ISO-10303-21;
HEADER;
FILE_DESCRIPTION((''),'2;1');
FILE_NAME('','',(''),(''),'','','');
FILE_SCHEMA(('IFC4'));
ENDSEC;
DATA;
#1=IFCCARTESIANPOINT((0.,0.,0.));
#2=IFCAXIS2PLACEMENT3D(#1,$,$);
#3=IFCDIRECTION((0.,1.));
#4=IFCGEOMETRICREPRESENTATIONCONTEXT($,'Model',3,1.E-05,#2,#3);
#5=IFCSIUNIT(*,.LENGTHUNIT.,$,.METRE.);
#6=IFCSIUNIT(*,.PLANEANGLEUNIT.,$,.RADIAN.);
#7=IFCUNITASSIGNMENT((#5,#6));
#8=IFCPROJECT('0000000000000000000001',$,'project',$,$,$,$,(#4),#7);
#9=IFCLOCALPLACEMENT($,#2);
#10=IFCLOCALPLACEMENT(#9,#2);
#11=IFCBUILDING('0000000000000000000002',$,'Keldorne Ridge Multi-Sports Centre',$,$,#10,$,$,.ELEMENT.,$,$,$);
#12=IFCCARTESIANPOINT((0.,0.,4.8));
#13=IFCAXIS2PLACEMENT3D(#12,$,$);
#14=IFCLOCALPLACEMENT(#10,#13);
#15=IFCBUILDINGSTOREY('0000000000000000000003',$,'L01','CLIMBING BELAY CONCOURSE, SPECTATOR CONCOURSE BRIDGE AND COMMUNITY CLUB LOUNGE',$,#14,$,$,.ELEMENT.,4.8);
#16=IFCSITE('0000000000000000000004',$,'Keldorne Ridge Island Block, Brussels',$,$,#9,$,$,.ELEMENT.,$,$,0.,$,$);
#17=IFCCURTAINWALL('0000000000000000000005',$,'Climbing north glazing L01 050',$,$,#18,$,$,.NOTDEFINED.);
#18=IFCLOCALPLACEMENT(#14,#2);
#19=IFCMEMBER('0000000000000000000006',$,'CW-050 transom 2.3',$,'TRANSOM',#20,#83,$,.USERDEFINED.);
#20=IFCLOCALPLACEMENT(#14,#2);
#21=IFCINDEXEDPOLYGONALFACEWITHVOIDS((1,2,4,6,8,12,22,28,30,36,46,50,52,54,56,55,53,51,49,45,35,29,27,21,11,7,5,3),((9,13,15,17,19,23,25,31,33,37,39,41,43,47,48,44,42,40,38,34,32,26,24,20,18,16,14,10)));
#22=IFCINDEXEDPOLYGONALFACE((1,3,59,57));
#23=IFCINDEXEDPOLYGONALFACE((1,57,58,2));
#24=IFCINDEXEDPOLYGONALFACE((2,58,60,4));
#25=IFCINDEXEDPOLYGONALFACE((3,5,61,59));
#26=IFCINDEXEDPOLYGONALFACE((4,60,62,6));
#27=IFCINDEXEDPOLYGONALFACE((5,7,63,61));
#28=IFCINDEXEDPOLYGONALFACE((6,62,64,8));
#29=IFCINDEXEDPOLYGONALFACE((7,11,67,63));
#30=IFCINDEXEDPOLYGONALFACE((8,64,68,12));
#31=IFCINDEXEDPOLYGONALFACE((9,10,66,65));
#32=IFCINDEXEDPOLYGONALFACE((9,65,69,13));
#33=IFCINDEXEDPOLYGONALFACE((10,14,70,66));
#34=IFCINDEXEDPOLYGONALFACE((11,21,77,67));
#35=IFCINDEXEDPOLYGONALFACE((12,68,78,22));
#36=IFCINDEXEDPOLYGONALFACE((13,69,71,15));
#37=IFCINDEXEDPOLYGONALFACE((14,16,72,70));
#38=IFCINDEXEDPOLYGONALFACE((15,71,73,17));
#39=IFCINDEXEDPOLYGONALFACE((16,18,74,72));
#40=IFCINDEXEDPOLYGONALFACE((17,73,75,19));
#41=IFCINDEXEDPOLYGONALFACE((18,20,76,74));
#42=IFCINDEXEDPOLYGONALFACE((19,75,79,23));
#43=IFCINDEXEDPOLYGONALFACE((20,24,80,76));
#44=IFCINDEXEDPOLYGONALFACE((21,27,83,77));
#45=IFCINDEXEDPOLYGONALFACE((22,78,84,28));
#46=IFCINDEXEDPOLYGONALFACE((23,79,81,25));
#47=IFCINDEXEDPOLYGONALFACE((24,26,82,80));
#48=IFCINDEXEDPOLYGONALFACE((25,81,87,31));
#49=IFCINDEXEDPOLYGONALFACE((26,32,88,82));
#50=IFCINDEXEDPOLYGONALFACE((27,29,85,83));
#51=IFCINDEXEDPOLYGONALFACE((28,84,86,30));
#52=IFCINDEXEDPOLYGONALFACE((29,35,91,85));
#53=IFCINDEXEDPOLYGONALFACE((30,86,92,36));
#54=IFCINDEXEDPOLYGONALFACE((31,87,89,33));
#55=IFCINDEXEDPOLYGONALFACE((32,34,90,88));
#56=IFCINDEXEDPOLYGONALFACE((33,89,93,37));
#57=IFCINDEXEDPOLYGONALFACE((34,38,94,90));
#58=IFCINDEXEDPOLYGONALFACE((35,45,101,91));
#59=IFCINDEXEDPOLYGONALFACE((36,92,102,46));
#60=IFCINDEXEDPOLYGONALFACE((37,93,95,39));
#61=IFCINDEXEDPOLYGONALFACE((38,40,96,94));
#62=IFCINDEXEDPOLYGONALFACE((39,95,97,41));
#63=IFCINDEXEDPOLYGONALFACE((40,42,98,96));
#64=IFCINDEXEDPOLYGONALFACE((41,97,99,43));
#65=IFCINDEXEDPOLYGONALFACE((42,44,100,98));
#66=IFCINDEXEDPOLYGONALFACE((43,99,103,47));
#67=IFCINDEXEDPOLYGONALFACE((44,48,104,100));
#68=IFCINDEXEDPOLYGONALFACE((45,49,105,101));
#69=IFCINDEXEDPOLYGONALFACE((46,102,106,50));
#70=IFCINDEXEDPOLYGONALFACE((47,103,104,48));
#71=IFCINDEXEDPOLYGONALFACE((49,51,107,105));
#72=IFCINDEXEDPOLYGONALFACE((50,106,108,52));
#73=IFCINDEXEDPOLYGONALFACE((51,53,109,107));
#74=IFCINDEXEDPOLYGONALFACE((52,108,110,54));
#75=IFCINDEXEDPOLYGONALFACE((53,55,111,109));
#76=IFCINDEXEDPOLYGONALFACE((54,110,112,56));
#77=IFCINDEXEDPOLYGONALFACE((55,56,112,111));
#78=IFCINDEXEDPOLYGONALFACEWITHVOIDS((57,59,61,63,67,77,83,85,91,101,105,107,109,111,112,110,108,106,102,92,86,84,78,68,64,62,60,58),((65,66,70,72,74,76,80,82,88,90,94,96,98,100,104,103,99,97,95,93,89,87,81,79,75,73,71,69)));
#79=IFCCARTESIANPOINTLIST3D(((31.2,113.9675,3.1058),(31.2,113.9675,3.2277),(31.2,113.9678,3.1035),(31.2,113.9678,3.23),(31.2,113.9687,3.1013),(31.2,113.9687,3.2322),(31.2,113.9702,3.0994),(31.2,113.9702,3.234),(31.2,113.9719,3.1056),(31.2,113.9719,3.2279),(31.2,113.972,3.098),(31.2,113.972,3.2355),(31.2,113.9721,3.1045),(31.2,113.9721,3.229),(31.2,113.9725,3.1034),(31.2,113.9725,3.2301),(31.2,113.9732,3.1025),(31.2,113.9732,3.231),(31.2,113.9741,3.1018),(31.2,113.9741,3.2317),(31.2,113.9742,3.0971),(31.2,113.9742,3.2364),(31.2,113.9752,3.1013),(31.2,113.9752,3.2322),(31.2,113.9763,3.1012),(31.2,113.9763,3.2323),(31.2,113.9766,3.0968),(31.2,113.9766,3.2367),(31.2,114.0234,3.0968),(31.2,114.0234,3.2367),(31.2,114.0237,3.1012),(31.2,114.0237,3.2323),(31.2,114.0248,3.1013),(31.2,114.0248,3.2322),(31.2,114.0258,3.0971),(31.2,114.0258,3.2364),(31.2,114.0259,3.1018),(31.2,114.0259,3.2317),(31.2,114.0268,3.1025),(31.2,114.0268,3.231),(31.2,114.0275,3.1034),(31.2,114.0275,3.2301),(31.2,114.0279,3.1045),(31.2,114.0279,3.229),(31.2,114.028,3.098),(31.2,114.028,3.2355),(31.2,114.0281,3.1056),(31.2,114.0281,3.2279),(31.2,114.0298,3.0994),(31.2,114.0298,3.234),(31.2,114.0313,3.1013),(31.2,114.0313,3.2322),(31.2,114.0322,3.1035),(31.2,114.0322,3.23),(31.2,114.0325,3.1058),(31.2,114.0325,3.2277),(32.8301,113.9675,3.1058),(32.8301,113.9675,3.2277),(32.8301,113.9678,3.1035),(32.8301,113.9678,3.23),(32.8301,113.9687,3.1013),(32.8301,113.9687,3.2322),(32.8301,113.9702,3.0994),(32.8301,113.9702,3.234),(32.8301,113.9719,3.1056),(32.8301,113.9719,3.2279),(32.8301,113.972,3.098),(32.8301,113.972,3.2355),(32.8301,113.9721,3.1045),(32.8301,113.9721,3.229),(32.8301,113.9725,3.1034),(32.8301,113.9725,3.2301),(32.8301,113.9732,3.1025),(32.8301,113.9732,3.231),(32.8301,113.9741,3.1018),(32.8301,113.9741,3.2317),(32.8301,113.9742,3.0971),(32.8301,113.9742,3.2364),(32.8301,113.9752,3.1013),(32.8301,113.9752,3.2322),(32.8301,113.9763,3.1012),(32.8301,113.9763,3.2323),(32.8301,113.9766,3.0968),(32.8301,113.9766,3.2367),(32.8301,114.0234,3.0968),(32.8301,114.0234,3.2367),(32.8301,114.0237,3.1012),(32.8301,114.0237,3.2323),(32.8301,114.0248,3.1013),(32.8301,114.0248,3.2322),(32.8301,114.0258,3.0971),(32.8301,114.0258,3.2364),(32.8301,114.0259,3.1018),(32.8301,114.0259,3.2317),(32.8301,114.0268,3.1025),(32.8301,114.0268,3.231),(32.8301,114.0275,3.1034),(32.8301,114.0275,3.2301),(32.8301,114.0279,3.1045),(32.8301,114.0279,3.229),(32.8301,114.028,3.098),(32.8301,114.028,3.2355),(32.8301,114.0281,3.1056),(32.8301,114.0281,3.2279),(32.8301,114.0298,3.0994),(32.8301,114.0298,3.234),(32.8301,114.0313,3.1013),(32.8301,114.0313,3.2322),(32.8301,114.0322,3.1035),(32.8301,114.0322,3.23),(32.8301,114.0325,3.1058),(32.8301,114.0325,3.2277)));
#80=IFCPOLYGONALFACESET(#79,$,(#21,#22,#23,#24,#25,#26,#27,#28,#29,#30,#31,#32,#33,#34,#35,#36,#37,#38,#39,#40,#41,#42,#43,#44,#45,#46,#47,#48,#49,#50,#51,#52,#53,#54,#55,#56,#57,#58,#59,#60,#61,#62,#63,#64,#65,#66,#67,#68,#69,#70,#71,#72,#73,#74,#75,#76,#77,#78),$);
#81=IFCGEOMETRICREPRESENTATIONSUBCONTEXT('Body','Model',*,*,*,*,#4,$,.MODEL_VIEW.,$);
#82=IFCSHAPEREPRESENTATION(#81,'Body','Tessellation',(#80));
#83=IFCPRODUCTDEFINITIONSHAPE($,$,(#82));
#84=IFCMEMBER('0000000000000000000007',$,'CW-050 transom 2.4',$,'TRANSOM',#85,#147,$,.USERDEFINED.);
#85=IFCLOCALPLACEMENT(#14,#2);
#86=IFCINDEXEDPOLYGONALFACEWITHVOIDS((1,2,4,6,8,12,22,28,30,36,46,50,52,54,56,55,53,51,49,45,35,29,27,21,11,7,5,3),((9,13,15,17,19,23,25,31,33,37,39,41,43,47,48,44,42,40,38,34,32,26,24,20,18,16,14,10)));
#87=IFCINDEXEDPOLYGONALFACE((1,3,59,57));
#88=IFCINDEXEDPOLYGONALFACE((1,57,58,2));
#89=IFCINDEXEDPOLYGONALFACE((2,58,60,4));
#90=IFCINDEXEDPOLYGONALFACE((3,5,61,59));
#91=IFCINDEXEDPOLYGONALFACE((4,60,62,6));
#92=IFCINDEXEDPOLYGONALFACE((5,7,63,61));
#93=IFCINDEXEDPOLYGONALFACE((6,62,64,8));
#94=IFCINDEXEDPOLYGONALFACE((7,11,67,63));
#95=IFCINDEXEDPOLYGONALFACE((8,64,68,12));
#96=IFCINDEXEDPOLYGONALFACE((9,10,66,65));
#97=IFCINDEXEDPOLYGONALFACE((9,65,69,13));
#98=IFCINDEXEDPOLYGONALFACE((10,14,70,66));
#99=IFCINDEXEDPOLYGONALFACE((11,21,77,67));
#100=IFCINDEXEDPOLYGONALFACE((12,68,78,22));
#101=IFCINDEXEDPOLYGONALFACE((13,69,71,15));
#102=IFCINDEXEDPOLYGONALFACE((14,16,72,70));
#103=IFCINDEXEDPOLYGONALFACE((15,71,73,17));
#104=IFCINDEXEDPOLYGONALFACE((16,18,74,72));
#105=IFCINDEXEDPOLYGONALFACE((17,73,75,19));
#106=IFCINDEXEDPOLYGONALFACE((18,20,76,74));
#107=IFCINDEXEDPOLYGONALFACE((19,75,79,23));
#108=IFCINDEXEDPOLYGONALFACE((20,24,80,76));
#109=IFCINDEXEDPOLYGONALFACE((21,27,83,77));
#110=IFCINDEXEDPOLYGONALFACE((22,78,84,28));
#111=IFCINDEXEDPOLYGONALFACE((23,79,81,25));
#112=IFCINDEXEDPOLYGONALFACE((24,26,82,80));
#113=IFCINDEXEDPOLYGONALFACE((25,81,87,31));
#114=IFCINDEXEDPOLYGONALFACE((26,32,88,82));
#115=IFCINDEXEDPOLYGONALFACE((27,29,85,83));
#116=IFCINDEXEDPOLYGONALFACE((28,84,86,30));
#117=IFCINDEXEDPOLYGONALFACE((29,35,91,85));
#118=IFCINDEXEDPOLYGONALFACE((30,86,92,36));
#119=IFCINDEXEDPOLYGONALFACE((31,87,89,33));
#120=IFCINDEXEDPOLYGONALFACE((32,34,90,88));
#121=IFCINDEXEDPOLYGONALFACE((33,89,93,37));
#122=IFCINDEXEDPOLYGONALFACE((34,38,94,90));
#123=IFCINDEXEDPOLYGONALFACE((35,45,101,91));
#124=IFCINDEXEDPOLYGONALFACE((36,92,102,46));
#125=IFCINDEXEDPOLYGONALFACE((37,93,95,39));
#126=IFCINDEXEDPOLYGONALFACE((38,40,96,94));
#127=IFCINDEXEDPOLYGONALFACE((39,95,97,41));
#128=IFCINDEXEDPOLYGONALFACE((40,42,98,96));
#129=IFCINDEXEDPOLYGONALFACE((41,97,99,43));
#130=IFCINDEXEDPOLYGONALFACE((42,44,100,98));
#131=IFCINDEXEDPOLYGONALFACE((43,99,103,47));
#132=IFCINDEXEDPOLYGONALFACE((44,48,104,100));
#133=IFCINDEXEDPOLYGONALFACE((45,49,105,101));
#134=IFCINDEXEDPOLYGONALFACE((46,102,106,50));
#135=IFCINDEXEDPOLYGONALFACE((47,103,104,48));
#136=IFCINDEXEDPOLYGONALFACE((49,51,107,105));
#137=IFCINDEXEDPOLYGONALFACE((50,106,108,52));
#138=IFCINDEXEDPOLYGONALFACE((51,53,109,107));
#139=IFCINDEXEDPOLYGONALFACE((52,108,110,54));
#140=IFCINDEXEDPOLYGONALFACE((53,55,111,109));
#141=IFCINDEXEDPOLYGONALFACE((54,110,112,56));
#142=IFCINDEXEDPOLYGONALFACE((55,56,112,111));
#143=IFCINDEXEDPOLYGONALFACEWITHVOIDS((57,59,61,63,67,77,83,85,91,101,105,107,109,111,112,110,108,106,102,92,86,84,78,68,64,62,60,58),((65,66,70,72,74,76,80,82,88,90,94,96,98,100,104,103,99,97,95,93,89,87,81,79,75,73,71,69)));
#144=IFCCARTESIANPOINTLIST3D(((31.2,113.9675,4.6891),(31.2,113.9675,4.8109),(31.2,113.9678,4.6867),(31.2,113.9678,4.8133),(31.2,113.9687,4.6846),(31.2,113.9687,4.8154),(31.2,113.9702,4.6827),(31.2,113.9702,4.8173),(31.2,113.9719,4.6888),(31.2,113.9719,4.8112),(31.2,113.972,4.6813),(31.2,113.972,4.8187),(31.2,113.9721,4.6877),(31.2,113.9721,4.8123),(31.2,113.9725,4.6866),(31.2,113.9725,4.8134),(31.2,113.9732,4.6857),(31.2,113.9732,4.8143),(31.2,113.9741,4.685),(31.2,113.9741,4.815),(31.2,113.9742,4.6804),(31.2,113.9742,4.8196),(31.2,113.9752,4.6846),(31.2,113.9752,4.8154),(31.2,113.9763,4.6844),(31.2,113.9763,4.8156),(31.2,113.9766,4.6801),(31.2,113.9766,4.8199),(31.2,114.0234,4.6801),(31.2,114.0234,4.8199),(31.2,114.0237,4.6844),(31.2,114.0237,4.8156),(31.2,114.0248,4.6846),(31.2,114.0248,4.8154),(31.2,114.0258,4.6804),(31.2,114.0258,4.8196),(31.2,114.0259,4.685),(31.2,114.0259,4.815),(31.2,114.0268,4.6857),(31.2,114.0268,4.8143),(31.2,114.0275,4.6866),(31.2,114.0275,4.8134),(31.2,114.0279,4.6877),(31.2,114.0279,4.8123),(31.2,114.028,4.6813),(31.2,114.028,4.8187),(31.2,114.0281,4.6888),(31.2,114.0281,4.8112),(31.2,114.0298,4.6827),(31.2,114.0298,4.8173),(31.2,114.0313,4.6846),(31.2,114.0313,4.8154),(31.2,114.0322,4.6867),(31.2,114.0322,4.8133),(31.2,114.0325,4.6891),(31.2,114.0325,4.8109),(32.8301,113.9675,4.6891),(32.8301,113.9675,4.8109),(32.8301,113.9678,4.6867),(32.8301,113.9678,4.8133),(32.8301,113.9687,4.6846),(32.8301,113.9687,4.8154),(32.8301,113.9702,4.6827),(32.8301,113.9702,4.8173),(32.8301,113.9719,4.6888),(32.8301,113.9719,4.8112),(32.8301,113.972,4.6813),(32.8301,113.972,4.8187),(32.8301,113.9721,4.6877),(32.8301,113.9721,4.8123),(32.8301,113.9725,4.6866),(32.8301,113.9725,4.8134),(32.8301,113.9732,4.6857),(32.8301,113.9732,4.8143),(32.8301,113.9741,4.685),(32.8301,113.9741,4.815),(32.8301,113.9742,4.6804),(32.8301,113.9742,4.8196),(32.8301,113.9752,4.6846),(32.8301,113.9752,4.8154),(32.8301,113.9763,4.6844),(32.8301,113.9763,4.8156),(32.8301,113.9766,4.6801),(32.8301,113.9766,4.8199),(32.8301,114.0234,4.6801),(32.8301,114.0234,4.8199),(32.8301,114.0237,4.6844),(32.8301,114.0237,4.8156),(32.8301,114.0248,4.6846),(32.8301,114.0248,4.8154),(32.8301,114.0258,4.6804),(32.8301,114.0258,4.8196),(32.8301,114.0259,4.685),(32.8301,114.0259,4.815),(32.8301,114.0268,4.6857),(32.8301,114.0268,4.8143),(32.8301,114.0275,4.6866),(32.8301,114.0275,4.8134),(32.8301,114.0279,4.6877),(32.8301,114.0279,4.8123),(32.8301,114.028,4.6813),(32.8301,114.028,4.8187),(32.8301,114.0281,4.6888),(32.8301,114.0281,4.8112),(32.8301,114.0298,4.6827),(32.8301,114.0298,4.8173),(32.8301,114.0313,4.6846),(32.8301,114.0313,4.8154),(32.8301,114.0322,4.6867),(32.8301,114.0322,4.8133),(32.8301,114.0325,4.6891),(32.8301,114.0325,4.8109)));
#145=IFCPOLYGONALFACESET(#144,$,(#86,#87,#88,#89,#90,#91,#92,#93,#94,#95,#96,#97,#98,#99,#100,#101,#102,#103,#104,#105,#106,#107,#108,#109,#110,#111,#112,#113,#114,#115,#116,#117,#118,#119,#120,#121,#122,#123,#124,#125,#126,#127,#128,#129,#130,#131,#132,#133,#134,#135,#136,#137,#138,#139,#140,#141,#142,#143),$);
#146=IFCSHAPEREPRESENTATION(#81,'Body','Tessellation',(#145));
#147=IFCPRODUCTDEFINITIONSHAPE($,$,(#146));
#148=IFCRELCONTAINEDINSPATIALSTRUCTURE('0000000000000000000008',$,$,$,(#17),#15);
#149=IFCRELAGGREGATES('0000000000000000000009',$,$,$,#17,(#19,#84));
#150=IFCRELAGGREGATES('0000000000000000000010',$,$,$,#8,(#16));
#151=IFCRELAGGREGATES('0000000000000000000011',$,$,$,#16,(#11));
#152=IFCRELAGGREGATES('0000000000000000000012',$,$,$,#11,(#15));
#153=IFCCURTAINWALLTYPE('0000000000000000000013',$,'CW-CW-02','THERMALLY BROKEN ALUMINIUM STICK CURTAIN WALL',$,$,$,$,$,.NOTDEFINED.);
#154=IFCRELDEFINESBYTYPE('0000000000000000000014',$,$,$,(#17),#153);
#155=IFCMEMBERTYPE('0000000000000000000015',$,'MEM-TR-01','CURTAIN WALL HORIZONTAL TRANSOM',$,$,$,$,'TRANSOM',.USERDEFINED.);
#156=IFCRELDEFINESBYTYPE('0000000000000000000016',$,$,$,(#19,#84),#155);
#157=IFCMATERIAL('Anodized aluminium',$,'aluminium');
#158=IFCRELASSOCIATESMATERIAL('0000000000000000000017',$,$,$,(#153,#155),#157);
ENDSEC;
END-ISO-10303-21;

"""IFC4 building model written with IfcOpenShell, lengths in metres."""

from ifc_helpers import new_model, si_unit, direction, frame, origin, origin_2d, place, context, subcontext, project, spatial, hollow_rectangle, extrude, material, material_profile, profile_set, type_object, element, aggregate, save


model = new_model("IFC4")

# Units and contexts
model_context = context("Model", 3, precision=1e-05, world=origin(), true_north=direction((0.0, 1.0)))
body_context = subcontext(model_context, "Body", "Model", "MODEL_VIEW")
ifc_project = project(units=[si_unit("LENGTHUNIT", "METRE"), si_unit("PLANEANGLEUNIT", "RADIAN")], contexts=[model_context])

# Site, building, storey
site_placement = place(None, origin())
site = spatial("IfcSite", under=ifc_project, at=site_placement, Name="Keldorne Ridge Island Block, Brussels", CompositionType="ELEMENT", RefElevation=0.0)
building_placement = place(site_placement, origin())
building = spatial("IfcBuilding", under=site, at=building_placement, Name="Keldorne Ridge Multi-Sports Centre", CompositionType="ELEMENT")
storey_placement = place(building_placement, frame((0.0, 0.0, 4.8)))
storey = spatial("IfcBuildingStorey", under=building, at=storey_placement, Name="L01", Description="CLIMBING BELAY CONCOURSE, SPECTATOR CONCOURSE BRIDGE AND COMMUNITY CLUB LOUNGE", CompositionType="ELEMENT", Elevation=4.8)

# Curtain wall
ifc_material_1 = material(Name="Anodized aluminium", Category="aluminium")
curtain_wall_type_1 = type_object("IfcCurtainWallType", Name="CW-CW-02", Description="THERMALLY BROKEN ALUMINIUM STICK CURTAIN WALL", PredefinedType="NOTDEFINED", material=ifc_material_1)
curtain_wall_1_placement = place(storey_placement, origin())
curtain_wall_1 = element("IfcCurtainWall", 1, at=curtain_wall_1_placement, inside=storey, type_object=curtain_wall_type_1, Name="Climbing north glazing L01 050", PredefinedType="NOTDEFINED")

# Members
ifc_material_profile_1 = material_profile(ifc_material_1, hollow_rectangle(XDim=0.0649, YDim=0.1399, WallThickness=0.0044, InnerFilletRadius=0.0044, OuterFilletRadius=0.009, at=origin_2d()), Name="ALU TRANSOM 140x65x4.5")
ifc_profile_set_1 = profile_set([ifc_material_profile_1], Name="Anodized aluminium")
member_type_1 = type_object("IfcMemberType", Name="MEM-TR-01", Description="CURTAIN WALL HORIZONTAL TRANSOM", ElementType="TRANSOM", PredefinedType="USERDEFINED", material=ifc_profile_set_1)
member_1_placement = place(storey_placement, frame((32.8301, 114.0, 3.1667), z_axis=(-1.0, 0.0, 0.0), x_axis=(0.0, -1.0, 0.0)))
member_1 = element("IfcMember", 2, at=member_1_placement, type_object=member_type_1, Name="CW-050 transom 2.3", ObjectType="TRANSOM", PredefinedType="USERDEFINED", context=body_context, shape_type="SweptSolid", body=[
    extrude(hollow_rectangle(XDim=0.0649, YDim=0.1399, WallThickness=0.0044, InnerFilletRadius=0.0044, OuterFilletRadius=0.009, at=origin_2d()), origin(), (0.0, 0.0, 1.0), 1.6301),
])
member_2_placement = place(storey_placement, frame((32.8301, 114.0, 4.75), z_axis=(-1.0, 0.0, 0.0), x_axis=(0.0, -1.0, 0.0)))
member_2 = element("IfcMember", 3, at=member_2_placement, type_object=member_type_1, Name="CW-050 transom 2.4", ObjectType="TRANSOM", PredefinedType="USERDEFINED", context=body_context, shape_type="SweptSolid", body=[
    extrude(hollow_rectangle(XDim=0.0649, YDim=0.1399, WallThickness=0.0044, InnerFilletRadius=0.0044, OuterFilletRadius=0.009, at=origin_2d()), origin(), (0.0, 0.0, 1.0), 1.6301),
])

aggregate(curtain_wall_1, [member_1, member_2])

save(model, "model.ifc")
